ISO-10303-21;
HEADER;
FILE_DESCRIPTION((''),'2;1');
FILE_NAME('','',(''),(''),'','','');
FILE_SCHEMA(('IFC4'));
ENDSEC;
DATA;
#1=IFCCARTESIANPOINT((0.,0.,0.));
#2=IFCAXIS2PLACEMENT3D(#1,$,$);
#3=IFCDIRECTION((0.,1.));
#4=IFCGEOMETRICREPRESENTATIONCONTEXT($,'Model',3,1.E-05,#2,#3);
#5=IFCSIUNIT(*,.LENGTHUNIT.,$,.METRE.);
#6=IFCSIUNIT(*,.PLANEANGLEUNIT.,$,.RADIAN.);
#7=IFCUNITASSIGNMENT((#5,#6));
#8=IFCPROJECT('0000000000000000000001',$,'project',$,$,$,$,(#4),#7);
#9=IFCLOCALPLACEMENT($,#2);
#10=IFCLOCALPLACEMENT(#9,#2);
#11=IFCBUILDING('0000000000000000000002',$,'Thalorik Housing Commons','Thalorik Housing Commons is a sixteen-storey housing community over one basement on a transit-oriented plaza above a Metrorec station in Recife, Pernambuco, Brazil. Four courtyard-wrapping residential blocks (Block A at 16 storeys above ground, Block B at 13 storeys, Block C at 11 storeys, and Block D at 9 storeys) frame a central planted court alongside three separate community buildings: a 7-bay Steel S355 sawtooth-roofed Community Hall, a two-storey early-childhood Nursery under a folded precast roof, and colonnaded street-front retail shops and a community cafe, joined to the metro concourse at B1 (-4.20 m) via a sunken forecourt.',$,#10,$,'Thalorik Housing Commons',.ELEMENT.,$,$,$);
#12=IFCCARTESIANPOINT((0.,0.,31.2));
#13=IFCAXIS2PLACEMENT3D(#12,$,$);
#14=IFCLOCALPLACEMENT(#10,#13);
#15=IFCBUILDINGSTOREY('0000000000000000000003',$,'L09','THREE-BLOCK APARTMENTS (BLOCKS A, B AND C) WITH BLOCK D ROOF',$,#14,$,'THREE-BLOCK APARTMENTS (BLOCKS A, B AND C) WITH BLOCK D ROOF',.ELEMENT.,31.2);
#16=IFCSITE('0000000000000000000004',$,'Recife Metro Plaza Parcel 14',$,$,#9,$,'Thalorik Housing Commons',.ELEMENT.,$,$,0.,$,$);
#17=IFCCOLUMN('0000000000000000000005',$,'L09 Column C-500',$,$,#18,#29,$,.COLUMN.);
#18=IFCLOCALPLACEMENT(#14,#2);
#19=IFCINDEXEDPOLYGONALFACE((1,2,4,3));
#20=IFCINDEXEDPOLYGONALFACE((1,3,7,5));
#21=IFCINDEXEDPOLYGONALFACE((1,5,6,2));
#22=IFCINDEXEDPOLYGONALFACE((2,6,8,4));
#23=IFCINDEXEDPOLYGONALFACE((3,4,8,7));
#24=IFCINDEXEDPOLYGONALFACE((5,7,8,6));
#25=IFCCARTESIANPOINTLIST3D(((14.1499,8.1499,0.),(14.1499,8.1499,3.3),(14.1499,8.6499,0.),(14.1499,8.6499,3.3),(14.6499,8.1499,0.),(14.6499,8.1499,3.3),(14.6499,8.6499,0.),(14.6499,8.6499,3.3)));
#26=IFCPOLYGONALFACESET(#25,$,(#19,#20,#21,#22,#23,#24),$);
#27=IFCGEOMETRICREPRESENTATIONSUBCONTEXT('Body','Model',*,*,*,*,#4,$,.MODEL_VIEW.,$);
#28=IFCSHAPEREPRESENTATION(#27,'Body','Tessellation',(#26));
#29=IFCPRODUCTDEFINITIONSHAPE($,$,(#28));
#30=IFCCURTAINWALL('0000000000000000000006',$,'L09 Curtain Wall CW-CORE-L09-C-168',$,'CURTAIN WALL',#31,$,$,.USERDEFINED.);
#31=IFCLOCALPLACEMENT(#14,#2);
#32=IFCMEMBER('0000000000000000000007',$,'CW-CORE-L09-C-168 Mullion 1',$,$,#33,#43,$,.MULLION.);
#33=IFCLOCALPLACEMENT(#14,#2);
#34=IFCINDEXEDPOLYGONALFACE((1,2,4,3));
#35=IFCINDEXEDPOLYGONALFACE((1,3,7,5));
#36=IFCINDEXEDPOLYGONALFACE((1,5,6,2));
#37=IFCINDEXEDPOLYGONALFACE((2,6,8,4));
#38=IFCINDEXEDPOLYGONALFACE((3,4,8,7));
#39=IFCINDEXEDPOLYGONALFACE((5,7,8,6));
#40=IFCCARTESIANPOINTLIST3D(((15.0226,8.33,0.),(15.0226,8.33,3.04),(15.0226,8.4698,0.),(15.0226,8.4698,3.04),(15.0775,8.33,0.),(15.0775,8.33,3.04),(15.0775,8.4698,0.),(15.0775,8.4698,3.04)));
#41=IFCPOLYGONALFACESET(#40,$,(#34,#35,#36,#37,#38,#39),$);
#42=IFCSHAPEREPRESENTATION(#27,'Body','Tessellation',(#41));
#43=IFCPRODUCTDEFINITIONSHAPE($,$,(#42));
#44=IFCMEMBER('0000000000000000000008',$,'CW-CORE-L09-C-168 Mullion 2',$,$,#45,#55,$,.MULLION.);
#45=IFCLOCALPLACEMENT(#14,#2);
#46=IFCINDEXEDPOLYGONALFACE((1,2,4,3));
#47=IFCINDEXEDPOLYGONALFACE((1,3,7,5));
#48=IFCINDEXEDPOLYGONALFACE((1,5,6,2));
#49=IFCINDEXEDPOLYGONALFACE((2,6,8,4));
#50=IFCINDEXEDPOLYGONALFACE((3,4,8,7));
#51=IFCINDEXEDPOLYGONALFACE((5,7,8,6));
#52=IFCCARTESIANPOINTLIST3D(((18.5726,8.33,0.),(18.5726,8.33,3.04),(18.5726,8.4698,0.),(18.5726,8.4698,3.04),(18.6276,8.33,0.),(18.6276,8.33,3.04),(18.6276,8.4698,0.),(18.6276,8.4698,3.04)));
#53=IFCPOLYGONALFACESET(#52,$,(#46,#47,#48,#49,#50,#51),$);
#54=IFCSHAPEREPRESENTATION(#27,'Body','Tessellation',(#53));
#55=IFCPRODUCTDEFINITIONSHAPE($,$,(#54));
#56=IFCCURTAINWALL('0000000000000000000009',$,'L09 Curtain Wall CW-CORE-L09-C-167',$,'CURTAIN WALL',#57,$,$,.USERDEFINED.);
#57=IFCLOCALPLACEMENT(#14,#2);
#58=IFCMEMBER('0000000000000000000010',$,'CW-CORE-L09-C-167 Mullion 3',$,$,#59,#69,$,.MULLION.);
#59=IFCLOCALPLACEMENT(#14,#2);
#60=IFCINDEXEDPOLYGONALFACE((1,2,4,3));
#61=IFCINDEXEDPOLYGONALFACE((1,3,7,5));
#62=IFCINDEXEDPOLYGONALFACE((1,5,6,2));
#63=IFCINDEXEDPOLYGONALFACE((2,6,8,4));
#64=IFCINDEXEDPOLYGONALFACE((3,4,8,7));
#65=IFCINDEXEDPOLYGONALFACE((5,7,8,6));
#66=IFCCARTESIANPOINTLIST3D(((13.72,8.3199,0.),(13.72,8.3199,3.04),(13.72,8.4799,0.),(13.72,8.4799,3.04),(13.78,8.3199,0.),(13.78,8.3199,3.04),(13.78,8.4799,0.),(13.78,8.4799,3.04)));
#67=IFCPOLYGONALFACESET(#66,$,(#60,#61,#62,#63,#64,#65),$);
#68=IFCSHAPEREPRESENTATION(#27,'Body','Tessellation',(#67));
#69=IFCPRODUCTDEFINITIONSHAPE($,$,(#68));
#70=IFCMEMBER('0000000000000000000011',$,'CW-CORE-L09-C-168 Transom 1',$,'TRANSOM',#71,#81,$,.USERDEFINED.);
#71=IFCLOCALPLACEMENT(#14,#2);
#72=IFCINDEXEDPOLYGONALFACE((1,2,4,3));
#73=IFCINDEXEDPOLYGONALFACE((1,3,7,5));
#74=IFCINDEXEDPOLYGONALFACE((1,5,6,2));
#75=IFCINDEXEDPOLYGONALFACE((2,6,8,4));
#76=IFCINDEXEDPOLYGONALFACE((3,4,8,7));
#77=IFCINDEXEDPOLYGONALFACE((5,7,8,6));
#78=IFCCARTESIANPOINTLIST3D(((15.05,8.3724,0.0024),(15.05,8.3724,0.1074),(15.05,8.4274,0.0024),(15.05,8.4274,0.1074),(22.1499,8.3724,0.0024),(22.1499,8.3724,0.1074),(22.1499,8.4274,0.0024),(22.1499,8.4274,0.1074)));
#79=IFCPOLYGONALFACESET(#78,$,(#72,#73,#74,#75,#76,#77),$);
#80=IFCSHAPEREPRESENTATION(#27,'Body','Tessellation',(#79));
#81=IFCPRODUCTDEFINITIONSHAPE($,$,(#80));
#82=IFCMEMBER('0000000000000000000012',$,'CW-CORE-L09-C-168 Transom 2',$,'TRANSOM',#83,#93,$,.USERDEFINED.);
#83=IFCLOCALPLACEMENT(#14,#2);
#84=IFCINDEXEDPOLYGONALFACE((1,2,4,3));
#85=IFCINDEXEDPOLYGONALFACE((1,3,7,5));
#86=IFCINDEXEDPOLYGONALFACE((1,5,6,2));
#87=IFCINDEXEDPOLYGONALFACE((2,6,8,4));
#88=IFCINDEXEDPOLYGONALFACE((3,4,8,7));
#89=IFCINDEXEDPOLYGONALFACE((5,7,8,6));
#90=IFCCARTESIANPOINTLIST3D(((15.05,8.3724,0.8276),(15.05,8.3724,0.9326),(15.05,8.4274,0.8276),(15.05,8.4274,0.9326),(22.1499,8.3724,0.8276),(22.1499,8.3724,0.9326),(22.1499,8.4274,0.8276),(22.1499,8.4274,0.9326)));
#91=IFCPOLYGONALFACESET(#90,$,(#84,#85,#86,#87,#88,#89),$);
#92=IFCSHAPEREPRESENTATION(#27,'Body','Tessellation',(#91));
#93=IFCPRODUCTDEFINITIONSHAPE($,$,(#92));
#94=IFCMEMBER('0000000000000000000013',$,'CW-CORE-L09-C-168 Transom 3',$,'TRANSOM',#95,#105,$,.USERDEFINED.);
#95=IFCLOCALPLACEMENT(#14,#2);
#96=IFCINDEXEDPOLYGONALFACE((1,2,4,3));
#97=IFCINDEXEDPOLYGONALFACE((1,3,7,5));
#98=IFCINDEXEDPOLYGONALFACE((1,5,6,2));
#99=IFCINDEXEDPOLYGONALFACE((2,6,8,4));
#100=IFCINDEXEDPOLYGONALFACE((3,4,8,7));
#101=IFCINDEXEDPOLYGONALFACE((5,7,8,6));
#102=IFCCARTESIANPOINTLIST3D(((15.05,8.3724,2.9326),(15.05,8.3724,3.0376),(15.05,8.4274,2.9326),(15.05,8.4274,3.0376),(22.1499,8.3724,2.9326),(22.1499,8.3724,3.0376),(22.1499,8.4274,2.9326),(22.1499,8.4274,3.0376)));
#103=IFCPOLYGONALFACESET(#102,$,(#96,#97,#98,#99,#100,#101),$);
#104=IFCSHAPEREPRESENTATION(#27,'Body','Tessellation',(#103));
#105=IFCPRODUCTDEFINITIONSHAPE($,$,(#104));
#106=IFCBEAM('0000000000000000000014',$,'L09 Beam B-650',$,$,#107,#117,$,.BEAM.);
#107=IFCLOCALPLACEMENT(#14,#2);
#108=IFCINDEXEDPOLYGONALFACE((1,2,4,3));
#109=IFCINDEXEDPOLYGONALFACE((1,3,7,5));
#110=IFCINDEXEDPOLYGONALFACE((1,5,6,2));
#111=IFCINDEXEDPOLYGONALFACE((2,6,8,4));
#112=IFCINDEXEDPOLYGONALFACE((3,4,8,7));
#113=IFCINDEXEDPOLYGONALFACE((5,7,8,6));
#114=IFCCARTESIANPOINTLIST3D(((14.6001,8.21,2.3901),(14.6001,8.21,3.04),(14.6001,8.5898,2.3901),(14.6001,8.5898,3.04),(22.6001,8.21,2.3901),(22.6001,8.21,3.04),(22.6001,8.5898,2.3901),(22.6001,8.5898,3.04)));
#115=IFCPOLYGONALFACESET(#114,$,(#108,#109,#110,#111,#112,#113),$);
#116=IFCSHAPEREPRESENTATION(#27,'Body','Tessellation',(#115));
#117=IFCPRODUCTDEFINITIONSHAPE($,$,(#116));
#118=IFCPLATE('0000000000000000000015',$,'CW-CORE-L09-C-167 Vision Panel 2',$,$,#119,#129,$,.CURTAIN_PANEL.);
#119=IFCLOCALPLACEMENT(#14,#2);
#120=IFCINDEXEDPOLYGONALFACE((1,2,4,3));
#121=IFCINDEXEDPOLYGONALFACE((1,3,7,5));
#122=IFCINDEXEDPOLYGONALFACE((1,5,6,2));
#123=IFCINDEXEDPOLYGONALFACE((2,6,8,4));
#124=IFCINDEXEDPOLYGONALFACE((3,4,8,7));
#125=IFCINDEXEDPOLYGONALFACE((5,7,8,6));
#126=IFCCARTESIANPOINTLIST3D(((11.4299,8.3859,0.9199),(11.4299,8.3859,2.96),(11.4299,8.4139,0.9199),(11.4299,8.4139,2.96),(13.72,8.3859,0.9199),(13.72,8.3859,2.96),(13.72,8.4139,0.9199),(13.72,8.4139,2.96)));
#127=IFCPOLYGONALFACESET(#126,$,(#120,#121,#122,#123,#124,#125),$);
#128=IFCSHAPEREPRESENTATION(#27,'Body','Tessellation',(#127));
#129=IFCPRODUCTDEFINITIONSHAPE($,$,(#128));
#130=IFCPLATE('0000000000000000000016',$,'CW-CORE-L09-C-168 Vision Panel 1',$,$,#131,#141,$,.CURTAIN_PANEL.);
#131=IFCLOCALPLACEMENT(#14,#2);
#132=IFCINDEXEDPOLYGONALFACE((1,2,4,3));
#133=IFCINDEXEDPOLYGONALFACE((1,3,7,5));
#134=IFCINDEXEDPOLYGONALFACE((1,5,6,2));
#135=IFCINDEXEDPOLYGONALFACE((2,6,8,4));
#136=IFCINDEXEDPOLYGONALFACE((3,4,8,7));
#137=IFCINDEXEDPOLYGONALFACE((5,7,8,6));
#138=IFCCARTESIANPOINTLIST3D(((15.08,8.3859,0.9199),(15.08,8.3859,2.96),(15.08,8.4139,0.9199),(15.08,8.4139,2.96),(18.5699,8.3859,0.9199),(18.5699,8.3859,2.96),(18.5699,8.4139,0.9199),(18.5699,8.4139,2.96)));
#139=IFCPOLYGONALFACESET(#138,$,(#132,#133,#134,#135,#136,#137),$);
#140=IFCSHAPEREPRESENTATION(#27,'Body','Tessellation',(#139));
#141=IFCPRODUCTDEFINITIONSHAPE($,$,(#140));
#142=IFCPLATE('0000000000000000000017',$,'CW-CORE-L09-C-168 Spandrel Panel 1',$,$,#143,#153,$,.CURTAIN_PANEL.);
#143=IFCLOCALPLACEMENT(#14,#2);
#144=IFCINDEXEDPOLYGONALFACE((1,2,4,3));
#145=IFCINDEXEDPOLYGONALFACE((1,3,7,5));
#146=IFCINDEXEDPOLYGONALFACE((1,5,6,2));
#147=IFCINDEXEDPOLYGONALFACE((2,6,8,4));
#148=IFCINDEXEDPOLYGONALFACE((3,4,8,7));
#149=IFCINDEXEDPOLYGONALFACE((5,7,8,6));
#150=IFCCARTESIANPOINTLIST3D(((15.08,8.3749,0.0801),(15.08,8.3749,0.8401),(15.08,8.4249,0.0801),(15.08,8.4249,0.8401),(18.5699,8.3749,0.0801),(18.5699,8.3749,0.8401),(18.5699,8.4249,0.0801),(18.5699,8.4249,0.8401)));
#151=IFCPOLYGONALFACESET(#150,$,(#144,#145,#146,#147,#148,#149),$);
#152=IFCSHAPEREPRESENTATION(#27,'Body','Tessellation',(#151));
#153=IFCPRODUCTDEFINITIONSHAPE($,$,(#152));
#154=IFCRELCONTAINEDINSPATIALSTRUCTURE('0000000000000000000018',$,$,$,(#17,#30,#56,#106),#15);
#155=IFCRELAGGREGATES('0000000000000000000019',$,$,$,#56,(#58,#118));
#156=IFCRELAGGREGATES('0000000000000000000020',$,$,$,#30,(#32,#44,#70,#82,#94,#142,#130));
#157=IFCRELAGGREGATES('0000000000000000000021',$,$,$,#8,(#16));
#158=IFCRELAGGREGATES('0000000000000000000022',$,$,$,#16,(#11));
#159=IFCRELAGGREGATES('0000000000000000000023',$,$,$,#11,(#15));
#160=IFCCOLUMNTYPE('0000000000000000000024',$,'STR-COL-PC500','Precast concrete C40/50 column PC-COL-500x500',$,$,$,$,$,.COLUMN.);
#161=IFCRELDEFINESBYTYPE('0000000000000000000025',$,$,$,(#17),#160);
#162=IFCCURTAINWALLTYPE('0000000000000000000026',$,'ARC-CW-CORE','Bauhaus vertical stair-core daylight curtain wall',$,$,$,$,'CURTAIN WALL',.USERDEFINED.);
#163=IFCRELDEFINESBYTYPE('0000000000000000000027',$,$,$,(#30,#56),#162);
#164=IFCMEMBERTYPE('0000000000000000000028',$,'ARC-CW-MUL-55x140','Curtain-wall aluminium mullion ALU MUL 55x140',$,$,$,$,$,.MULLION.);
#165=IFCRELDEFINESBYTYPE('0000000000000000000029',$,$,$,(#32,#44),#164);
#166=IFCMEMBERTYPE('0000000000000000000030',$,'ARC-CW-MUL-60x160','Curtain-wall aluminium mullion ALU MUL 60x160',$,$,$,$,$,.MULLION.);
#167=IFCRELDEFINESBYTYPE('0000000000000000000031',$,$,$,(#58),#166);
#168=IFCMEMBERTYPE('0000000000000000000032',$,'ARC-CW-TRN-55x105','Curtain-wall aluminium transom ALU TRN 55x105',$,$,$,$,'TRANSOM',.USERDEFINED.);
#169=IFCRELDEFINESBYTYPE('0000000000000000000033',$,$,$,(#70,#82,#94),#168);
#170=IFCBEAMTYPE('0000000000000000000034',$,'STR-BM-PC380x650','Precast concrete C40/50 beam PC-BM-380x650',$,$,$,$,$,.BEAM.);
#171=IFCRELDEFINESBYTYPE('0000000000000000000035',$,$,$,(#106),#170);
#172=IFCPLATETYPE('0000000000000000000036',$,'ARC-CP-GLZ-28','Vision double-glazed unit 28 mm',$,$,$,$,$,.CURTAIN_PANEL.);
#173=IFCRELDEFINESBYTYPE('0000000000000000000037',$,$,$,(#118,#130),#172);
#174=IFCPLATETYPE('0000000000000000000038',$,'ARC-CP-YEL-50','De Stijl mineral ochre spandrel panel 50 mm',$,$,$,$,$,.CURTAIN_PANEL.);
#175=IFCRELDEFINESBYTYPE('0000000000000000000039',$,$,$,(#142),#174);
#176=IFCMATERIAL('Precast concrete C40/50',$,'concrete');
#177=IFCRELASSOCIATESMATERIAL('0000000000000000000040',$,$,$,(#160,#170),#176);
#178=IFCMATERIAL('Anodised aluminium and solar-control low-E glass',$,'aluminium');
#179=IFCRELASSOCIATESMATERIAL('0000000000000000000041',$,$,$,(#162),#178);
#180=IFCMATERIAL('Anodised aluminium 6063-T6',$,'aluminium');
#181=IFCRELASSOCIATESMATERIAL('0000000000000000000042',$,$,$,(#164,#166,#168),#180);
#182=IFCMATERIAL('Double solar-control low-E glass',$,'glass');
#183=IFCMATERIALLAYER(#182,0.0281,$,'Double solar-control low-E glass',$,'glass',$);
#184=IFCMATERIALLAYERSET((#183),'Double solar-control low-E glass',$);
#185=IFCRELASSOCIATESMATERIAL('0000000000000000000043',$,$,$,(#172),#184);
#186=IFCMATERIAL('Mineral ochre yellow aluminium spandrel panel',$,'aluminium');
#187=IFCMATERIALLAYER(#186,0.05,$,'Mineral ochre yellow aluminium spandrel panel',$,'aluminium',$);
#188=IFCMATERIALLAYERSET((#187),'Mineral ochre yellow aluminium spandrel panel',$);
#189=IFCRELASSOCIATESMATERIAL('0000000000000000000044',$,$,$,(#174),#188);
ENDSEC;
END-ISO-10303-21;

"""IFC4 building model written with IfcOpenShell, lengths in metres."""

from ifc_helpers import new_model, si_unit, direction, frame, origin, origin_2d, place, context, subcontext, project, spatial, rectangle, extrude, material, layer, layer_set, material_profile, profile_set, type_object, element, aggregate, save


model = new_model("IFC4")

# Units and contexts
model_context = context("Model", 3, precision=1e-05, world=origin(), true_north=direction((0.0, 1.0)))
body_context = subcontext(model_context, "Body", "Model", "MODEL_VIEW")
ifc_project = project(units=[si_unit("LENGTHUNIT", "METRE"), si_unit("PLANEANGLEUNIT", "RADIAN")], contexts=[model_context])

# Site, building, storey
site_placement = place(None, origin())
site = spatial("IfcSite", under=ifc_project, at=site_placement, Name="Recife Metro Plaza Parcel 14", LongName="Thalorik Housing Commons", CompositionType="ELEMENT", RefElevation=0.0)
building_placement = place(site_placement, origin())
building = spatial("IfcBuilding", under=site, at=building_placement, Name="Thalorik Housing Commons", Description="Thalorik Housing Commons is a sixteen-storey housing community over one basement on a transit-oriented plaza above a Metrorec station in Recife, Pernambuco, Brazil. Four courtyard-wrapping residential blocks (Block A at 16 storeys above ground, Block B at 13 storeys, Block C at 11 storeys, and Block D at 9 storeys) frame a central planted court alongside three separate community buildings: a 7-bay Steel S355 sawtooth-roofed Community Hall, a two-storey early-childhood Nursery under a folded precast roof, and colonnaded street-front retail shops and a community cafe, joined to the metro concourse at B1 (-4.20 m) via a sunken forecourt.", LongName="Thalorik Housing Commons", CompositionType="ELEMENT")
storey_placement = place(building_placement, frame((0.0, 0.0, 31.2)))
storey = spatial("IfcBuildingStorey", under=building, at=storey_placement, Name="L09", Description="THREE-BLOCK APARTMENTS (BLOCKS A, B AND C) WITH BLOCK D ROOF", LongName="THREE-BLOCK APARTMENTS (BLOCKS A, B AND C) WITH BLOCK D ROOF", CompositionType="ELEMENT", Elevation=31.2)

# Column
ifc_material_1 = material(Name="Precast concrete C40/50", Category="concrete")
ifc_material_profile_1 = material_profile(ifc_material_1, rectangle(XDim=0.5, YDim=0.5, at=origin_2d()), Name="PC 500x500", Category="concrete")
ifc_profile_set_1 = profile_set([ifc_material_profile_1], Name="Precast concrete C40/50")
column_type = type_object("IfcColumnType", Name="STR-COL-PC500", Description="Precast concrete C40/50 column PC-COL-500x500", PredefinedType="COLUMN", material=ifc_profile_set_1)
column_placement = place(storey_placement, frame((14.3999, 8.3999, 0.0), z_axis=(0.0, 0.0, 1.0), x_axis=(1.0, 0.0, 0.0)))
element("IfcColumn", 1, at=column_placement, inside=storey, type_object=column_type, Name="L09 Column C-500", PredefinedType="COLUMN", context=body_context, shape_type="SweptSolid", body=[
    extrude(rectangle(XDim=0.5, YDim=0.5, at=origin_2d()), origin(), (0.0, 0.0, 1.0), 3.3),
])

# Curtain wall, members
ifc_material_2 = material(Name="Anodised aluminium and solar-control low-E glass", Category="aluminium")
curtain_wall_type = type_object("IfcCurtainWallType", Name="ARC-CW-CORE", Description="Bauhaus vertical stair-core daylight curtain wall", ElementType="CURTAIN WALL", PredefinedType="USERDEFINED", material=ifc_material_2)
curtain_wall_1_placement = place(storey_placement, origin())
curtain_wall_1 = element("IfcCurtainWall", 2, at=curtain_wall_1_placement, inside=storey, type_object=curtain_wall_type, Name="L09 Curtain Wall CW-CORE-L09-C-168", ObjectType="CURTAIN WALL", PredefinedType="USERDEFINED")
ifc_material_3 = material(Name="Anodised aluminium 6063-T6", Category="aluminium")
ifc_material_profile_2 = material_profile(ifc_material_3, rectangle(XDim=0.0549, YDim=0.1399, at=origin_2d()), Name="ALU MUL 55x140", Category="aluminium")
ifc_profile_set_2 = profile_set([ifc_material_profile_2], Name="Anodised aluminium 6063-T6")
member_type_1 = type_object("IfcMemberType", Name="ARC-CW-MUL-55x140", Description="Curtain-wall aluminium mullion ALU MUL 55x140", PredefinedType="MULLION", material=ifc_profile_set_2)
member_1_placement = place(storey_placement, frame((15.05, 8.3999, 0.0), z_axis=(0.0, 0.0, 1.0), x_axis=(1.0, 0.0, 0.0)))
member_1 = element("IfcMember", 3, at=member_1_placement, type_object=member_type_1, Name="CW-CORE-L09-C-168 Mullion 1", PredefinedType="MULLION", context=body_context, shape_type="SweptSolid", body=[
    extrude(rectangle(XDim=0.0549, YDim=0.1399, at=origin_2d()), origin(), (0.0, 0.0, 1.0), 3.04),
])
member_2_placement = place(storey_placement, frame((18.6001, 8.3999, 0.0), z_axis=(0.0, 0.0, 1.0), x_axis=(1.0, 0.0, 0.0)))
member_2 = element("IfcMember", 4, at=member_2_placement, type_object=member_type_1, Name="CW-CORE-L09-C-168 Mullion 2", PredefinedType="MULLION", context=body_context, shape_type="SweptSolid", body=[
    extrude(rectangle(XDim=0.0549, YDim=0.1399, at=origin_2d()), origin(), (0.0, 0.0, 1.0), 3.04),
])

# Curtain wall, member
curtain_wall_2_placement = place(storey_placement, origin())
curtain_wall_2 = element("IfcCurtainWall", 5, at=curtain_wall_2_placement, inside=storey, type_object=curtain_wall_type, Name="L09 Curtain Wall CW-CORE-L09-C-167", ObjectType="CURTAIN WALL", PredefinedType="USERDEFINED")
ifc_material_profile_3 = material_profile(ifc_material_3, rectangle(XDim=0.0601, YDim=0.1599, at=origin_2d()), Name="ALU MUL 60x160", Category="aluminium")
ifc_profile_set_3 = profile_set([ifc_material_profile_3], Name="Anodised aluminium 6063-T6")
member_type_2 = type_object("IfcMemberType", Name="ARC-CW-MUL-60x160", Description="Curtain-wall aluminium mullion ALU MUL 60x160", PredefinedType="MULLION", material=ifc_profile_set_3)
member_3_placement = place(storey_placement, frame((13.75, 8.3999, 0.0), z_axis=(0.0, 0.0, 1.0), x_axis=(1.0, 0.0, 0.0)))
member_3 = element("IfcMember", 6, at=member_3_placement, type_object=member_type_2, Name="CW-CORE-L09-C-167 Mullion 3", PredefinedType="MULLION", context=body_context, shape_type="SweptSolid", body=[
    extrude(rectangle(XDim=0.0601, YDim=0.1599, at=origin_2d()), origin(), (0.0, 0.0, 1.0), 3.04),
])

# Members
ifc_material_profile_4 = material_profile(ifc_material_3, rectangle(XDim=0.0549, YDim=0.105, at=origin_2d()), Name="ALU TRN 55x105", Category="aluminium")
ifc_profile_set_4 = profile_set([ifc_material_profile_4], Name="Anodised aluminium 6063-T6")
member_type_3 = type_object("IfcMemberType", Name="ARC-CW-TRN-55x105", Description="Curtain-wall aluminium transom ALU TRN 55x105", ElementType="TRANSOM", PredefinedType="USERDEFINED", material=ifc_profile_set_4)
member_4_placement = place(storey_placement, frame((15.05, 8.3999, 0.0549), z_axis=(1.0, 0.0, 0.0), x_axis=(0.0, 1.0, 0.0)))
member_4 = element("IfcMember", 7, at=member_4_placement, type_object=member_type_3, Name="CW-CORE-L09-C-168 Transom 1", ObjectType="TRANSOM", PredefinedType="USERDEFINED", context=body_context, shape_type="SweptSolid", body=[
    extrude(rectangle(XDim=0.0549, YDim=0.105, at=origin_2d()), origin(), (0.0, 0.0, 1.0), 7.0999),
])
member_5_placement = place(storey_placement, frame((15.05, 8.3999, 0.8801), z_axis=(1.0, 0.0, 0.0), x_axis=(0.0, 1.0, 0.0)))
member_5 = element("IfcMember", 8, at=member_5_placement, type_object=member_type_3, Name="CW-CORE-L09-C-168 Transom 2", ObjectType="TRANSOM", PredefinedType="USERDEFINED", context=body_context, shape_type="SweptSolid", body=[
    extrude(rectangle(XDim=0.0549, YDim=0.105, at=origin_2d()), origin(), (0.0, 0.0, 1.0), 7.0999),
])
member_6_placement = place(storey_placement, frame((15.05, 8.3999, 2.9851), z_axis=(1.0, 0.0, 0.0), x_axis=(0.0, 1.0, 0.0)))
member_6 = element("IfcMember", 9, at=member_6_placement, type_object=member_type_3, Name="CW-CORE-L09-C-168 Transom 3", ObjectType="TRANSOM", PredefinedType="USERDEFINED", context=body_context, shape_type="SweptSolid", body=[
    extrude(rectangle(XDim=0.0549, YDim=0.105, at=origin_2d()), origin(), (0.0, 0.0, 1.0), 7.0999),
])

# Beam
ifc_material_profile_5 = material_profile(ifc_material_1, rectangle(XDim=0.3799, YDim=0.6499, at=origin_2d()), Name="PC 380x650", Category="concrete")
ifc_profile_set_5 = profile_set([ifc_material_profile_5], Name="Precast concrete C40/50")
beam_type = type_object("IfcBeamType", Name="STR-BM-PC380x650", Description="Precast concrete C40/50 beam PC-BM-380x650", PredefinedType="BEAM", material=ifc_profile_set_5)
beam_placement = place(storey_placement, frame((14.6001, 8.3999, 2.7151), z_axis=(1.0, 0.0, 0.0), x_axis=(0.0, 1.0, 0.0)))
element("IfcBeam", 10, at=beam_placement, inside=storey, type_object=beam_type, Name="L09 Beam B-650", PredefinedType="BEAM", context=body_context, shape_type="SweptSolid", body=[
    extrude(rectangle(XDim=0.3799, YDim=0.6499, at=origin_2d()), origin(), (0.0, 0.0, 1.0), 8.0),
])

# Plates
ifc_material_4 = material(Name="Double solar-control low-E glass", Category="glass")
ifc_layer_1 = layer(ifc_material_4, 0.0281, Name="Double solar-control low-E glass", Category="glass")
ifc_layer_set_1 = layer_set([ifc_layer_1], Name="Double solar-control low-E glass")
plate_type_1 = type_object("IfcPlateType", Name="ARC-CP-GLZ-28", Description="Vision double-glazed unit 28 mm", PredefinedType="CURTAIN_PANEL", material=ifc_layer_set_1)
plate_1_placement = place(storey_placement, frame((12.575, 8.3999, 0.9199), z_axis=(0.0, 0.0, 1.0), x_axis=(1.0, 0.0, 0.0)))
plate_1 = element("IfcPlate", 11, at=plate_1_placement, type_object=plate_type_1, Name="CW-CORE-L09-C-167 Vision Panel 2", PredefinedType="CURTAIN_PANEL", context=body_context, shape_type="SweptSolid", body=[
    extrude(rectangle(XDim=2.29, YDim=0.0281, at=origin_2d()), origin(), (0.0, 0.0, 1.0), 2.04),
])
aggregate(curtain_wall_2, [member_3, plate_1])
plate_2_placement = place(storey_placement, frame((16.825, 8.3999, 0.9199), z_axis=(0.0, 0.0, 1.0), x_axis=(1.0, 0.0, 0.0)))
plate_2 = element("IfcPlate", 12, at=plate_2_placement, type_object=plate_type_1, Name="CW-CORE-L09-C-168 Vision Panel 1", PredefinedType="CURTAIN_PANEL", context=body_context, shape_type="SweptSolid", body=[
    extrude(rectangle(XDim=3.49, YDim=0.0281, at=origin_2d()), origin(), (0.0, 0.0, 1.0), 2.04),
])
ifc_material_5 = material(Name="Mineral ochre yellow aluminium spandrel panel", Category="aluminium")
ifc_layer_2 = layer(ifc_material_5, 0.05, Name="Mineral ochre yellow aluminium spandrel panel", Category="aluminium")
ifc_layer_set_2 = layer_set([ifc_layer_2], Name="Mineral ochre yellow aluminium spandrel panel")
plate_type_2 = type_object("IfcPlateType", Name="ARC-CP-YEL-50", Description="De Stijl mineral ochre spandrel panel 50 mm", PredefinedType="CURTAIN_PANEL", material=ifc_layer_set_2)
plate_3_placement = place(storey_placement, frame((16.825, 8.3999, 0.0801), z_axis=(0.0, 0.0, 1.0), x_axis=(1.0, 0.0, 0.0)))
plate_3 = element("IfcPlate", 13, at=plate_3_placement, type_object=plate_type_2, Name="CW-CORE-L09-C-168 Spandrel Panel 1", PredefinedType="CURTAIN_PANEL", context=body_context, shape_type="SweptSolid", body=[
    extrude(rectangle(XDim=3.49, YDim=0.05, at=origin_2d()), origin(), (0.0, 0.0, 1.0), 0.76),
])
aggregate(curtain_wall_1, [member_1, member_2, member_4, member_5, member_6, plate_3, plate_2])

save(model, "model.ifc")
